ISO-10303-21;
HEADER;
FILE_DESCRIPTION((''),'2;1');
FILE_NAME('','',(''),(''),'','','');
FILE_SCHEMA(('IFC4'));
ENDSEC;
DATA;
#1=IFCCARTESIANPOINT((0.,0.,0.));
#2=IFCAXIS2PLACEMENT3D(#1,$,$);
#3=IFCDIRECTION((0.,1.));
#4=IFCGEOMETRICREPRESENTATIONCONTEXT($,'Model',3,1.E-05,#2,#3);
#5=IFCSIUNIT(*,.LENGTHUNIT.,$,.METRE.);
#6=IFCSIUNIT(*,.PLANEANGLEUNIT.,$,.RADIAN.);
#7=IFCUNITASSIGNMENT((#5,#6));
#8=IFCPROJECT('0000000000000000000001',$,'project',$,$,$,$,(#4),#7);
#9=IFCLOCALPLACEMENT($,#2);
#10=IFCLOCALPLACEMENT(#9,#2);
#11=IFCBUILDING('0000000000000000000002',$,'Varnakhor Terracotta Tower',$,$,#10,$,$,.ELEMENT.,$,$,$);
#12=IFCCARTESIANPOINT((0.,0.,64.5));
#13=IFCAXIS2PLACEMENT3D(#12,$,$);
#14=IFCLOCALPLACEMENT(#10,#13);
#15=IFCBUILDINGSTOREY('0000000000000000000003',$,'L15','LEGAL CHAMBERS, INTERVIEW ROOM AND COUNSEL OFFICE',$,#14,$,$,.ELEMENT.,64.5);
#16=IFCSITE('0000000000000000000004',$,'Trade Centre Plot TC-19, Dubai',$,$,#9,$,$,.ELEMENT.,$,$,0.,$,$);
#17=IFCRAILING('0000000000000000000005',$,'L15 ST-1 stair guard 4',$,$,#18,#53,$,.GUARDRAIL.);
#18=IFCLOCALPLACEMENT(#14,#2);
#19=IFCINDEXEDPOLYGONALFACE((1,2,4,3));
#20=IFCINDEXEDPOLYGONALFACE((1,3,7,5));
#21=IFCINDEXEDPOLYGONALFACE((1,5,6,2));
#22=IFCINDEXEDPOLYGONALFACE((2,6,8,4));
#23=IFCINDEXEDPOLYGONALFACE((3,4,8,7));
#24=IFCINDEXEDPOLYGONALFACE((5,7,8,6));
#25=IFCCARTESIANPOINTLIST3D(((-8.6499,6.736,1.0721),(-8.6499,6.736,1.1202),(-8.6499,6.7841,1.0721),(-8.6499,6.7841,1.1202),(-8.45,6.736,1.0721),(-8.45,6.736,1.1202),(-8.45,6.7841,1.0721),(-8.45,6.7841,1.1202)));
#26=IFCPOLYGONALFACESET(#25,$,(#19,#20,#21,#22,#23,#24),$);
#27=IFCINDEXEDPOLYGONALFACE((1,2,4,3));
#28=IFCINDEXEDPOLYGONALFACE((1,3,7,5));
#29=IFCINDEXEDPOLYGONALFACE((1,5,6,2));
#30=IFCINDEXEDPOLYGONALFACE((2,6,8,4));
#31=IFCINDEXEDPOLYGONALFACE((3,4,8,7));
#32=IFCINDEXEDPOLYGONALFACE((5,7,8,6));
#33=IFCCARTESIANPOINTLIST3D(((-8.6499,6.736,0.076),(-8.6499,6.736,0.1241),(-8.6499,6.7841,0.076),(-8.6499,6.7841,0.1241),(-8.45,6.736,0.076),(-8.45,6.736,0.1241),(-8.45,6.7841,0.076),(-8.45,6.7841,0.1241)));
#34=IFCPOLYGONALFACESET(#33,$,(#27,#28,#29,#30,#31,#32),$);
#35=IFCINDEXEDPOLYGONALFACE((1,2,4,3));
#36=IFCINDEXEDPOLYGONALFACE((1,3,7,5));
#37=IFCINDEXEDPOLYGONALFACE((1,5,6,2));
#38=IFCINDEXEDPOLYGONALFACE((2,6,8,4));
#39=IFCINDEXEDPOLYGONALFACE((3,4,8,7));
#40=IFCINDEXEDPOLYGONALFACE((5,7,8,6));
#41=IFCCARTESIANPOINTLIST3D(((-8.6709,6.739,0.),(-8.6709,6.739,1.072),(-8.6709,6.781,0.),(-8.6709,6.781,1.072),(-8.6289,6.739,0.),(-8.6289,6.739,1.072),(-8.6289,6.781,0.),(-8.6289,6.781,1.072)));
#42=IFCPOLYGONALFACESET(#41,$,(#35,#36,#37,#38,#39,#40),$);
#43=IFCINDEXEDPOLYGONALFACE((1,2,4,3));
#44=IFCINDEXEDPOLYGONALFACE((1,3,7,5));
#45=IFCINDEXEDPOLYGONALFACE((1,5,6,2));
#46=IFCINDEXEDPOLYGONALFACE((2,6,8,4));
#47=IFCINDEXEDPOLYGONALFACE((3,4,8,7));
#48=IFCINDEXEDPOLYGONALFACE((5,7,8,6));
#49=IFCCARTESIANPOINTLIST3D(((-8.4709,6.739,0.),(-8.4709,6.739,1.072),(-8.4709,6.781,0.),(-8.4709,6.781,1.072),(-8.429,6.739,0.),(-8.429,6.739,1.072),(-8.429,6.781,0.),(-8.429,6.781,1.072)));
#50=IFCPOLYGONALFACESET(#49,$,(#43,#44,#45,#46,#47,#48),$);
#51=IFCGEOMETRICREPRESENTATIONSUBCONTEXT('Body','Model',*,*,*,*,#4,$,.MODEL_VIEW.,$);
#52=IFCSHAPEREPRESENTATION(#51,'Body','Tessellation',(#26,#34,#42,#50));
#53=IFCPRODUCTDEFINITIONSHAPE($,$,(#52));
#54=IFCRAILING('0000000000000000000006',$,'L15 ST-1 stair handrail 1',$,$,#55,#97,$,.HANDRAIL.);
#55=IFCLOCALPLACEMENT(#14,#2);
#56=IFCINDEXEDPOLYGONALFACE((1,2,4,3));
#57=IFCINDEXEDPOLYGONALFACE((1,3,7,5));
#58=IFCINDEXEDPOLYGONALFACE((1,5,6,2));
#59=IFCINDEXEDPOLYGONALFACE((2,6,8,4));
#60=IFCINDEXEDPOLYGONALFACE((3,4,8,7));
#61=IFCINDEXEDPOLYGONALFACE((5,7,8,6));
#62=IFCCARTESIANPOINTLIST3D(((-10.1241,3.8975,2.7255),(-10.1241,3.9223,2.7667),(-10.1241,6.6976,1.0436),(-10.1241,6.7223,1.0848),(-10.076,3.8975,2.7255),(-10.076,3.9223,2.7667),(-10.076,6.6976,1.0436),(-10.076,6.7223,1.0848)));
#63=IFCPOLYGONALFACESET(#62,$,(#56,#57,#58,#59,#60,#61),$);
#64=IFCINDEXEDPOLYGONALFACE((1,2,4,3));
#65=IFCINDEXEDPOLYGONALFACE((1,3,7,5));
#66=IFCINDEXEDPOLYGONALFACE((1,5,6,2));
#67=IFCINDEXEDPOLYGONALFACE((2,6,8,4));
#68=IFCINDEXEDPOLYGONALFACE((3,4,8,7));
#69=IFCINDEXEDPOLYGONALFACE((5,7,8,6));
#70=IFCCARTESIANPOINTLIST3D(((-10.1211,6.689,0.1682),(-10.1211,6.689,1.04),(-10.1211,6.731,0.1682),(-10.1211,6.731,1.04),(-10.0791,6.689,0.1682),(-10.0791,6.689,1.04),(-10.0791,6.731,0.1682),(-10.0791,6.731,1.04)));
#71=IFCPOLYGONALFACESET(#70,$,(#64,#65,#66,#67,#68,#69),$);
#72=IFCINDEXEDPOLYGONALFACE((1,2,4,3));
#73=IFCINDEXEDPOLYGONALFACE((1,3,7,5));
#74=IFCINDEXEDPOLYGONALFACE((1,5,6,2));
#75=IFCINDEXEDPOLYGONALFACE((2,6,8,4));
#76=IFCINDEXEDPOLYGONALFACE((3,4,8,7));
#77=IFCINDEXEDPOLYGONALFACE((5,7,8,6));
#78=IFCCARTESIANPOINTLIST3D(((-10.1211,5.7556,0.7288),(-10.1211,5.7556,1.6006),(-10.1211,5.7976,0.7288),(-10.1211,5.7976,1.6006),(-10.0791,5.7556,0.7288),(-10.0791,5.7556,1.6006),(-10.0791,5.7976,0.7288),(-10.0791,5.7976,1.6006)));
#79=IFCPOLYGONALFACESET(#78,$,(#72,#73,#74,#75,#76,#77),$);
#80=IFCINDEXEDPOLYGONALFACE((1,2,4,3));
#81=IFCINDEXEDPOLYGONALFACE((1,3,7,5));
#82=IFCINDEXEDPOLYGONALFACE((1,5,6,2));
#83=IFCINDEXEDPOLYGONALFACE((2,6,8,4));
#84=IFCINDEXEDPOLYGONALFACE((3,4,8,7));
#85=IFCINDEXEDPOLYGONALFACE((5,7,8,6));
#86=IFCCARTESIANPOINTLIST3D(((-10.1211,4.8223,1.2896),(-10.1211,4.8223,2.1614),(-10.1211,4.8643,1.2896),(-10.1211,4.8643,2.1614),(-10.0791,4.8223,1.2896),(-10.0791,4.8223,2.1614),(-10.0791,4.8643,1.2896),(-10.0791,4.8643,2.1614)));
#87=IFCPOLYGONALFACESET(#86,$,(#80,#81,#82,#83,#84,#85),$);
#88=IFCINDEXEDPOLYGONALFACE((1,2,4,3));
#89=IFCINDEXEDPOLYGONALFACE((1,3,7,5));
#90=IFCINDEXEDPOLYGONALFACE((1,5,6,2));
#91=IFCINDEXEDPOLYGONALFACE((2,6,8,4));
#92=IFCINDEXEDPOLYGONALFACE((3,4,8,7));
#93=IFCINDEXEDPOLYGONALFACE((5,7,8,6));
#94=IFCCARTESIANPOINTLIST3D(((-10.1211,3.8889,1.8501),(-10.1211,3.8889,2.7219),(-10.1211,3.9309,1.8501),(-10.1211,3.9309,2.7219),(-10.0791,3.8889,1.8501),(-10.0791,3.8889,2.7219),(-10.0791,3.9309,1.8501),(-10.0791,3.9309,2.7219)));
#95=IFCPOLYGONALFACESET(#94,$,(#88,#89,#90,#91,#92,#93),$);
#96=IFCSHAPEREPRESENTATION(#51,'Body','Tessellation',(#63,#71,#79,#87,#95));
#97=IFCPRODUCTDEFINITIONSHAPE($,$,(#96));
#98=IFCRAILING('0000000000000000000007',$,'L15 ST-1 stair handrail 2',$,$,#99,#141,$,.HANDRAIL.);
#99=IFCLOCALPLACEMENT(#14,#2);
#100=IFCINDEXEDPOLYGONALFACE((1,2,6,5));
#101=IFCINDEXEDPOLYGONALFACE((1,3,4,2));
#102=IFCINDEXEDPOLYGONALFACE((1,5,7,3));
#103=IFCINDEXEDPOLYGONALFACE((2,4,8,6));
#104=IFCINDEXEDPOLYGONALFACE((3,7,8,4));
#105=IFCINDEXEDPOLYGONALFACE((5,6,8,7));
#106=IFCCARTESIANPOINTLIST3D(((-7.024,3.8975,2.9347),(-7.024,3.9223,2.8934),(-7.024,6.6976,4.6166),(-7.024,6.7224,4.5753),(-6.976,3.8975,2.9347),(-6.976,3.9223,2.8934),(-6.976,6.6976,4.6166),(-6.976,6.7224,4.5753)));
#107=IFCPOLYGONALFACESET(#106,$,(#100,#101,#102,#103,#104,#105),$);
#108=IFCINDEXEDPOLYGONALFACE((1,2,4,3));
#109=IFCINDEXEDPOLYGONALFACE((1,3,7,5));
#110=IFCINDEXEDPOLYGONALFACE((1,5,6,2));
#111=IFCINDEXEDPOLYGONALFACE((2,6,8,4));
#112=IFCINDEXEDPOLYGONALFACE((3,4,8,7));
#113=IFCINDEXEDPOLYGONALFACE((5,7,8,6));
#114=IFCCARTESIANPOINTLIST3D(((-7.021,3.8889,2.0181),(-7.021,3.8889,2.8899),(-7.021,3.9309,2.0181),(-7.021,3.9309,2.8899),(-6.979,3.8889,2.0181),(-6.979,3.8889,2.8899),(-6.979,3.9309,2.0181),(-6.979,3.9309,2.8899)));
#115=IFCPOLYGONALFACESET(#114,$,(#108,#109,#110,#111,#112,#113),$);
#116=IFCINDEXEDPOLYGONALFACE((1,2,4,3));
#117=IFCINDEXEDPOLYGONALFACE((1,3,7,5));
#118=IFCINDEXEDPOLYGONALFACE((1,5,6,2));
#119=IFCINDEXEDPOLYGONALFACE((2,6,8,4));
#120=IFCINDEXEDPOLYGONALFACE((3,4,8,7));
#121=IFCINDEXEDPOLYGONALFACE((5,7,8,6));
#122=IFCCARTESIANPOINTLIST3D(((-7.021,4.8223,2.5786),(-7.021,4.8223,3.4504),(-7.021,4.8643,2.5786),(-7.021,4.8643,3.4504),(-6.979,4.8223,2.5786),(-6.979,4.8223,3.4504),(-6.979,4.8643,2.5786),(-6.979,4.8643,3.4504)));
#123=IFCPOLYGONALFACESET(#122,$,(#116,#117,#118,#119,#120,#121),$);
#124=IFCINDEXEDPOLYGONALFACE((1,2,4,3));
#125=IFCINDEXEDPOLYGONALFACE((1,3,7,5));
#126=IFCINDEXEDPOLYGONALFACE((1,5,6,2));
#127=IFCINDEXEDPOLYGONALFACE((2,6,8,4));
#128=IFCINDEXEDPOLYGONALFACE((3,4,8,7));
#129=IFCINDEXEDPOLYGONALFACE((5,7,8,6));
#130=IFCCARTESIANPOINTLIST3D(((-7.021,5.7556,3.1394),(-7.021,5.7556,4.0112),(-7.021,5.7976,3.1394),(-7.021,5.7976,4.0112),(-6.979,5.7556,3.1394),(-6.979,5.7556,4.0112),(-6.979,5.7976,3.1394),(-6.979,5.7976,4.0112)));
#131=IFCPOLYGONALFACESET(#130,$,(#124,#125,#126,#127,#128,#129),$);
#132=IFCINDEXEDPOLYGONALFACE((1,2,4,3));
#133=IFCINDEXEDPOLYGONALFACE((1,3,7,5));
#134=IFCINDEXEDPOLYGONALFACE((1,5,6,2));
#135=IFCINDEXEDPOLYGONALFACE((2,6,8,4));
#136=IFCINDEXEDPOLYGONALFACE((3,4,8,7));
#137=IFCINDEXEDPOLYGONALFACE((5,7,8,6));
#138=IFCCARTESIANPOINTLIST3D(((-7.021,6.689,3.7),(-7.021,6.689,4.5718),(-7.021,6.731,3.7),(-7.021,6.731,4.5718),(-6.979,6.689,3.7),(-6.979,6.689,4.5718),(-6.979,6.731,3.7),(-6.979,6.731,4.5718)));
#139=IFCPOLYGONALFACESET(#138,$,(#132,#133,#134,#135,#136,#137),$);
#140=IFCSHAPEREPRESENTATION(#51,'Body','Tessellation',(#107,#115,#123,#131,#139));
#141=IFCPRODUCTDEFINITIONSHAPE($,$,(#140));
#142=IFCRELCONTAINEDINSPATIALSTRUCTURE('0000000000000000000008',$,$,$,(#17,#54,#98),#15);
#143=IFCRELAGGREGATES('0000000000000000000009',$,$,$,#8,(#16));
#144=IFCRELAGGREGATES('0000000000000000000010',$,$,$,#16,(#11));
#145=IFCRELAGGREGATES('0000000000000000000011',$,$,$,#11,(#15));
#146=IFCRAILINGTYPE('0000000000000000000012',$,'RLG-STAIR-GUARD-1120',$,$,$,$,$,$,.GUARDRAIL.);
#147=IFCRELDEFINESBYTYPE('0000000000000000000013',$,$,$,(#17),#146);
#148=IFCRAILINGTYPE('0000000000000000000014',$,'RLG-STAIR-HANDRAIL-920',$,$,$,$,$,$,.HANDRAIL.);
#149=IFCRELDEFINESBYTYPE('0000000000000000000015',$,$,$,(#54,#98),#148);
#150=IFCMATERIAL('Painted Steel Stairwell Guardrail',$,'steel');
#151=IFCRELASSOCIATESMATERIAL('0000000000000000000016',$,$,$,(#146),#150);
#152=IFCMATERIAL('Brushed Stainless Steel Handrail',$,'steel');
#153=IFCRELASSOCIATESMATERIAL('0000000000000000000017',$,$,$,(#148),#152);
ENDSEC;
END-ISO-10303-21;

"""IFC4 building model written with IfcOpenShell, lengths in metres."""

from ifc_helpers import new_model, si_unit, direction, frame, origin, origin_2d, place, context, subcontext, project, spatial, rectangle, extrude, material, type_object, element, save


model = new_model("IFC4")

# Units and contexts
model_context = context("Model", 3, precision=1e-05, world=origin(), true_north=direction((0.0, 1.0)))
body_context = subcontext(model_context, "Body", "Model", "MODEL_VIEW")
ifc_project = project(units=[si_unit("LENGTHUNIT", "METRE"), si_unit("PLANEANGLEUNIT", "RADIAN")], contexts=[model_context])

# Site, building, storey
site_placement = place(None, origin())
site = spatial("IfcSite", under=ifc_project, at=site_placement, Name="Trade Centre Plot TC-19, Dubai", CompositionType="ELEMENT", RefElevation=0.0)
building_placement = place(site_placement, origin())
building = spatial("IfcBuilding", under=site, at=building_placement, Name="Varnakhor Terracotta Tower", CompositionType="ELEMENT")
storey_placement = place(building_placement, frame((0.0, 0.0, 64.5)))
storey = spatial("IfcBuildingStorey", under=building, at=storey_placement, Name="L15", Description="LEGAL CHAMBERS, INTERVIEW ROOM AND COUNSEL OFFICE", CompositionType="ELEMENT", Elevation=64.5)

# Railings
ifc_material_1 = material(Name="Painted Steel Stairwell Guardrail", Category="steel")
railing_type_1 = type_object("IfcRailingType", Name="RLG-STAIR-GUARD-1120", PredefinedType="GUARDRAIL", material=ifc_material_1)
railing_1_placement = place(storey_placement, frame((-8.6499, 6.76, 0.0)))
element("IfcRailing", 1, at=railing_1_placement, inside=storey, type_object=railing_type_1, Name="L15 ST-1 stair guard 4", PredefinedType="GUARDRAIL", context=body_context, shape_type="SweptSolid", body=[
    extrude(rectangle(XDim=0.0481, YDim=0.0481, at=origin_2d()), frame((0.0, 0.0, 1.0962), z_axis=(1.0, 0.0, 0.0), x_axis=(0.0, 1.0, 0.0)), (0.0, 0.0, 1.0), 0.2),
    extrude(rectangle(XDim=0.0481, YDim=0.0481, at=origin_2d()), frame((0.0, 0.0, 0.1001), z_axis=(1.0, 0.0, 0.0), x_axis=(0.0, 1.0, 0.0)), (0.0, 0.0, 1.0), 0.2),
    extrude(rectangle(XDim=0.042, YDim=0.042, at=origin_2d()), origin(), (0.0, 0.0, 1.0), 1.072),
    extrude(rectangle(XDim=0.042, YDim=0.042, at=origin_2d()), frame((0.2, 0.0, 0.0)), (0.0, 0.0, 1.0), 1.072),
])
ifc_material_2 = material(Name="Brushed Stainless Steel Handrail", Category="steel")
railing_type_2 = type_object("IfcRailingType", Name="RLG-STAIR-HANDRAIL-920", PredefinedType="HANDRAIL", material=ifc_material_2)
railing_2_placement = place(storey_placement, frame((-10.1001, 6.71, 0.1682)))
element("IfcRailing", 2, at=railing_2_placement, inside=storey, type_object=railing_type_2, Name="L15 ST-1 stair handrail 1", PredefinedType="HANDRAIL", context=body_context, shape_type="SweptSolid", body=[
    extrude(rectangle(XDim=0.0481, YDim=0.0481, at=origin_2d()), frame((0.0, 0.0, 0.896), z_axis=(0.0, -0.857242, 0.514913), x_axis=(1.0, 0.0, 0.0)), (0.0, 0.0, 1.0), 3.2664),
    extrude(rectangle(XDim=0.042, YDim=0.042, at=origin_2d()), origin(), (0.0, 0.0, 1.0), 0.8718),
    extrude(rectangle(XDim=0.042, YDim=0.042, at=origin_2d()), frame((0.0, -0.9333, 0.5605)), (0.0, 0.0, 1.0), 0.8718),
    extrude(rectangle(XDim=0.042, YDim=0.042, at=origin_2d()), frame((0.0, -1.8667, 1.1213)), (0.0, 0.0, 1.0), 0.8718),
    extrude(rectangle(XDim=0.042, YDim=0.042, at=origin_2d()), frame((0.0, -2.8, 1.6819)), (0.0, 0.0, 1.0), 0.8718),
])
railing_3_placement = place(storey_placement, frame((-7.0, 3.9099, 2.0181)))
element("IfcRailing", 3, at=railing_3_placement, inside=storey, type_object=railing_type_2, Name="L15 ST-1 stair handrail 2", PredefinedType="HANDRAIL", context=body_context, shape_type="SweptSolid", body=[
    extrude(rectangle(XDim=0.0481, YDim=0.0481, at=origin_2d()), frame((0.0, 0.0, 0.896), z_axis=(0.0, 0.857242, 0.514913), x_axis=(-1.0, 0.0, 0.0)), (0.0, 0.0, 1.0), 3.2664),
    extrude(rectangle(XDim=0.042, YDim=0.042, at=origin_2d()), origin(), (0.0, 0.0, 1.0), 0.8718),
    extrude(rectangle(XDim=0.042, YDim=0.042, at=origin_2d()), frame((0.0, 0.9333, 0.5605)), (0.0, 0.0, 1.0), 0.8718),
    extrude(rectangle(XDim=0.042, YDim=0.042, at=origin_2d()), frame((0.0, 1.8667, 1.1213)), (0.0, 0.0, 1.0), 0.8718),
    extrude(rectangle(XDim=0.042, YDim=0.042, at=origin_2d()), frame((0.0, 2.8, 1.6819)), (0.0, 0.0, 1.0), 0.8718),
])

save(model, "model.ifc")
